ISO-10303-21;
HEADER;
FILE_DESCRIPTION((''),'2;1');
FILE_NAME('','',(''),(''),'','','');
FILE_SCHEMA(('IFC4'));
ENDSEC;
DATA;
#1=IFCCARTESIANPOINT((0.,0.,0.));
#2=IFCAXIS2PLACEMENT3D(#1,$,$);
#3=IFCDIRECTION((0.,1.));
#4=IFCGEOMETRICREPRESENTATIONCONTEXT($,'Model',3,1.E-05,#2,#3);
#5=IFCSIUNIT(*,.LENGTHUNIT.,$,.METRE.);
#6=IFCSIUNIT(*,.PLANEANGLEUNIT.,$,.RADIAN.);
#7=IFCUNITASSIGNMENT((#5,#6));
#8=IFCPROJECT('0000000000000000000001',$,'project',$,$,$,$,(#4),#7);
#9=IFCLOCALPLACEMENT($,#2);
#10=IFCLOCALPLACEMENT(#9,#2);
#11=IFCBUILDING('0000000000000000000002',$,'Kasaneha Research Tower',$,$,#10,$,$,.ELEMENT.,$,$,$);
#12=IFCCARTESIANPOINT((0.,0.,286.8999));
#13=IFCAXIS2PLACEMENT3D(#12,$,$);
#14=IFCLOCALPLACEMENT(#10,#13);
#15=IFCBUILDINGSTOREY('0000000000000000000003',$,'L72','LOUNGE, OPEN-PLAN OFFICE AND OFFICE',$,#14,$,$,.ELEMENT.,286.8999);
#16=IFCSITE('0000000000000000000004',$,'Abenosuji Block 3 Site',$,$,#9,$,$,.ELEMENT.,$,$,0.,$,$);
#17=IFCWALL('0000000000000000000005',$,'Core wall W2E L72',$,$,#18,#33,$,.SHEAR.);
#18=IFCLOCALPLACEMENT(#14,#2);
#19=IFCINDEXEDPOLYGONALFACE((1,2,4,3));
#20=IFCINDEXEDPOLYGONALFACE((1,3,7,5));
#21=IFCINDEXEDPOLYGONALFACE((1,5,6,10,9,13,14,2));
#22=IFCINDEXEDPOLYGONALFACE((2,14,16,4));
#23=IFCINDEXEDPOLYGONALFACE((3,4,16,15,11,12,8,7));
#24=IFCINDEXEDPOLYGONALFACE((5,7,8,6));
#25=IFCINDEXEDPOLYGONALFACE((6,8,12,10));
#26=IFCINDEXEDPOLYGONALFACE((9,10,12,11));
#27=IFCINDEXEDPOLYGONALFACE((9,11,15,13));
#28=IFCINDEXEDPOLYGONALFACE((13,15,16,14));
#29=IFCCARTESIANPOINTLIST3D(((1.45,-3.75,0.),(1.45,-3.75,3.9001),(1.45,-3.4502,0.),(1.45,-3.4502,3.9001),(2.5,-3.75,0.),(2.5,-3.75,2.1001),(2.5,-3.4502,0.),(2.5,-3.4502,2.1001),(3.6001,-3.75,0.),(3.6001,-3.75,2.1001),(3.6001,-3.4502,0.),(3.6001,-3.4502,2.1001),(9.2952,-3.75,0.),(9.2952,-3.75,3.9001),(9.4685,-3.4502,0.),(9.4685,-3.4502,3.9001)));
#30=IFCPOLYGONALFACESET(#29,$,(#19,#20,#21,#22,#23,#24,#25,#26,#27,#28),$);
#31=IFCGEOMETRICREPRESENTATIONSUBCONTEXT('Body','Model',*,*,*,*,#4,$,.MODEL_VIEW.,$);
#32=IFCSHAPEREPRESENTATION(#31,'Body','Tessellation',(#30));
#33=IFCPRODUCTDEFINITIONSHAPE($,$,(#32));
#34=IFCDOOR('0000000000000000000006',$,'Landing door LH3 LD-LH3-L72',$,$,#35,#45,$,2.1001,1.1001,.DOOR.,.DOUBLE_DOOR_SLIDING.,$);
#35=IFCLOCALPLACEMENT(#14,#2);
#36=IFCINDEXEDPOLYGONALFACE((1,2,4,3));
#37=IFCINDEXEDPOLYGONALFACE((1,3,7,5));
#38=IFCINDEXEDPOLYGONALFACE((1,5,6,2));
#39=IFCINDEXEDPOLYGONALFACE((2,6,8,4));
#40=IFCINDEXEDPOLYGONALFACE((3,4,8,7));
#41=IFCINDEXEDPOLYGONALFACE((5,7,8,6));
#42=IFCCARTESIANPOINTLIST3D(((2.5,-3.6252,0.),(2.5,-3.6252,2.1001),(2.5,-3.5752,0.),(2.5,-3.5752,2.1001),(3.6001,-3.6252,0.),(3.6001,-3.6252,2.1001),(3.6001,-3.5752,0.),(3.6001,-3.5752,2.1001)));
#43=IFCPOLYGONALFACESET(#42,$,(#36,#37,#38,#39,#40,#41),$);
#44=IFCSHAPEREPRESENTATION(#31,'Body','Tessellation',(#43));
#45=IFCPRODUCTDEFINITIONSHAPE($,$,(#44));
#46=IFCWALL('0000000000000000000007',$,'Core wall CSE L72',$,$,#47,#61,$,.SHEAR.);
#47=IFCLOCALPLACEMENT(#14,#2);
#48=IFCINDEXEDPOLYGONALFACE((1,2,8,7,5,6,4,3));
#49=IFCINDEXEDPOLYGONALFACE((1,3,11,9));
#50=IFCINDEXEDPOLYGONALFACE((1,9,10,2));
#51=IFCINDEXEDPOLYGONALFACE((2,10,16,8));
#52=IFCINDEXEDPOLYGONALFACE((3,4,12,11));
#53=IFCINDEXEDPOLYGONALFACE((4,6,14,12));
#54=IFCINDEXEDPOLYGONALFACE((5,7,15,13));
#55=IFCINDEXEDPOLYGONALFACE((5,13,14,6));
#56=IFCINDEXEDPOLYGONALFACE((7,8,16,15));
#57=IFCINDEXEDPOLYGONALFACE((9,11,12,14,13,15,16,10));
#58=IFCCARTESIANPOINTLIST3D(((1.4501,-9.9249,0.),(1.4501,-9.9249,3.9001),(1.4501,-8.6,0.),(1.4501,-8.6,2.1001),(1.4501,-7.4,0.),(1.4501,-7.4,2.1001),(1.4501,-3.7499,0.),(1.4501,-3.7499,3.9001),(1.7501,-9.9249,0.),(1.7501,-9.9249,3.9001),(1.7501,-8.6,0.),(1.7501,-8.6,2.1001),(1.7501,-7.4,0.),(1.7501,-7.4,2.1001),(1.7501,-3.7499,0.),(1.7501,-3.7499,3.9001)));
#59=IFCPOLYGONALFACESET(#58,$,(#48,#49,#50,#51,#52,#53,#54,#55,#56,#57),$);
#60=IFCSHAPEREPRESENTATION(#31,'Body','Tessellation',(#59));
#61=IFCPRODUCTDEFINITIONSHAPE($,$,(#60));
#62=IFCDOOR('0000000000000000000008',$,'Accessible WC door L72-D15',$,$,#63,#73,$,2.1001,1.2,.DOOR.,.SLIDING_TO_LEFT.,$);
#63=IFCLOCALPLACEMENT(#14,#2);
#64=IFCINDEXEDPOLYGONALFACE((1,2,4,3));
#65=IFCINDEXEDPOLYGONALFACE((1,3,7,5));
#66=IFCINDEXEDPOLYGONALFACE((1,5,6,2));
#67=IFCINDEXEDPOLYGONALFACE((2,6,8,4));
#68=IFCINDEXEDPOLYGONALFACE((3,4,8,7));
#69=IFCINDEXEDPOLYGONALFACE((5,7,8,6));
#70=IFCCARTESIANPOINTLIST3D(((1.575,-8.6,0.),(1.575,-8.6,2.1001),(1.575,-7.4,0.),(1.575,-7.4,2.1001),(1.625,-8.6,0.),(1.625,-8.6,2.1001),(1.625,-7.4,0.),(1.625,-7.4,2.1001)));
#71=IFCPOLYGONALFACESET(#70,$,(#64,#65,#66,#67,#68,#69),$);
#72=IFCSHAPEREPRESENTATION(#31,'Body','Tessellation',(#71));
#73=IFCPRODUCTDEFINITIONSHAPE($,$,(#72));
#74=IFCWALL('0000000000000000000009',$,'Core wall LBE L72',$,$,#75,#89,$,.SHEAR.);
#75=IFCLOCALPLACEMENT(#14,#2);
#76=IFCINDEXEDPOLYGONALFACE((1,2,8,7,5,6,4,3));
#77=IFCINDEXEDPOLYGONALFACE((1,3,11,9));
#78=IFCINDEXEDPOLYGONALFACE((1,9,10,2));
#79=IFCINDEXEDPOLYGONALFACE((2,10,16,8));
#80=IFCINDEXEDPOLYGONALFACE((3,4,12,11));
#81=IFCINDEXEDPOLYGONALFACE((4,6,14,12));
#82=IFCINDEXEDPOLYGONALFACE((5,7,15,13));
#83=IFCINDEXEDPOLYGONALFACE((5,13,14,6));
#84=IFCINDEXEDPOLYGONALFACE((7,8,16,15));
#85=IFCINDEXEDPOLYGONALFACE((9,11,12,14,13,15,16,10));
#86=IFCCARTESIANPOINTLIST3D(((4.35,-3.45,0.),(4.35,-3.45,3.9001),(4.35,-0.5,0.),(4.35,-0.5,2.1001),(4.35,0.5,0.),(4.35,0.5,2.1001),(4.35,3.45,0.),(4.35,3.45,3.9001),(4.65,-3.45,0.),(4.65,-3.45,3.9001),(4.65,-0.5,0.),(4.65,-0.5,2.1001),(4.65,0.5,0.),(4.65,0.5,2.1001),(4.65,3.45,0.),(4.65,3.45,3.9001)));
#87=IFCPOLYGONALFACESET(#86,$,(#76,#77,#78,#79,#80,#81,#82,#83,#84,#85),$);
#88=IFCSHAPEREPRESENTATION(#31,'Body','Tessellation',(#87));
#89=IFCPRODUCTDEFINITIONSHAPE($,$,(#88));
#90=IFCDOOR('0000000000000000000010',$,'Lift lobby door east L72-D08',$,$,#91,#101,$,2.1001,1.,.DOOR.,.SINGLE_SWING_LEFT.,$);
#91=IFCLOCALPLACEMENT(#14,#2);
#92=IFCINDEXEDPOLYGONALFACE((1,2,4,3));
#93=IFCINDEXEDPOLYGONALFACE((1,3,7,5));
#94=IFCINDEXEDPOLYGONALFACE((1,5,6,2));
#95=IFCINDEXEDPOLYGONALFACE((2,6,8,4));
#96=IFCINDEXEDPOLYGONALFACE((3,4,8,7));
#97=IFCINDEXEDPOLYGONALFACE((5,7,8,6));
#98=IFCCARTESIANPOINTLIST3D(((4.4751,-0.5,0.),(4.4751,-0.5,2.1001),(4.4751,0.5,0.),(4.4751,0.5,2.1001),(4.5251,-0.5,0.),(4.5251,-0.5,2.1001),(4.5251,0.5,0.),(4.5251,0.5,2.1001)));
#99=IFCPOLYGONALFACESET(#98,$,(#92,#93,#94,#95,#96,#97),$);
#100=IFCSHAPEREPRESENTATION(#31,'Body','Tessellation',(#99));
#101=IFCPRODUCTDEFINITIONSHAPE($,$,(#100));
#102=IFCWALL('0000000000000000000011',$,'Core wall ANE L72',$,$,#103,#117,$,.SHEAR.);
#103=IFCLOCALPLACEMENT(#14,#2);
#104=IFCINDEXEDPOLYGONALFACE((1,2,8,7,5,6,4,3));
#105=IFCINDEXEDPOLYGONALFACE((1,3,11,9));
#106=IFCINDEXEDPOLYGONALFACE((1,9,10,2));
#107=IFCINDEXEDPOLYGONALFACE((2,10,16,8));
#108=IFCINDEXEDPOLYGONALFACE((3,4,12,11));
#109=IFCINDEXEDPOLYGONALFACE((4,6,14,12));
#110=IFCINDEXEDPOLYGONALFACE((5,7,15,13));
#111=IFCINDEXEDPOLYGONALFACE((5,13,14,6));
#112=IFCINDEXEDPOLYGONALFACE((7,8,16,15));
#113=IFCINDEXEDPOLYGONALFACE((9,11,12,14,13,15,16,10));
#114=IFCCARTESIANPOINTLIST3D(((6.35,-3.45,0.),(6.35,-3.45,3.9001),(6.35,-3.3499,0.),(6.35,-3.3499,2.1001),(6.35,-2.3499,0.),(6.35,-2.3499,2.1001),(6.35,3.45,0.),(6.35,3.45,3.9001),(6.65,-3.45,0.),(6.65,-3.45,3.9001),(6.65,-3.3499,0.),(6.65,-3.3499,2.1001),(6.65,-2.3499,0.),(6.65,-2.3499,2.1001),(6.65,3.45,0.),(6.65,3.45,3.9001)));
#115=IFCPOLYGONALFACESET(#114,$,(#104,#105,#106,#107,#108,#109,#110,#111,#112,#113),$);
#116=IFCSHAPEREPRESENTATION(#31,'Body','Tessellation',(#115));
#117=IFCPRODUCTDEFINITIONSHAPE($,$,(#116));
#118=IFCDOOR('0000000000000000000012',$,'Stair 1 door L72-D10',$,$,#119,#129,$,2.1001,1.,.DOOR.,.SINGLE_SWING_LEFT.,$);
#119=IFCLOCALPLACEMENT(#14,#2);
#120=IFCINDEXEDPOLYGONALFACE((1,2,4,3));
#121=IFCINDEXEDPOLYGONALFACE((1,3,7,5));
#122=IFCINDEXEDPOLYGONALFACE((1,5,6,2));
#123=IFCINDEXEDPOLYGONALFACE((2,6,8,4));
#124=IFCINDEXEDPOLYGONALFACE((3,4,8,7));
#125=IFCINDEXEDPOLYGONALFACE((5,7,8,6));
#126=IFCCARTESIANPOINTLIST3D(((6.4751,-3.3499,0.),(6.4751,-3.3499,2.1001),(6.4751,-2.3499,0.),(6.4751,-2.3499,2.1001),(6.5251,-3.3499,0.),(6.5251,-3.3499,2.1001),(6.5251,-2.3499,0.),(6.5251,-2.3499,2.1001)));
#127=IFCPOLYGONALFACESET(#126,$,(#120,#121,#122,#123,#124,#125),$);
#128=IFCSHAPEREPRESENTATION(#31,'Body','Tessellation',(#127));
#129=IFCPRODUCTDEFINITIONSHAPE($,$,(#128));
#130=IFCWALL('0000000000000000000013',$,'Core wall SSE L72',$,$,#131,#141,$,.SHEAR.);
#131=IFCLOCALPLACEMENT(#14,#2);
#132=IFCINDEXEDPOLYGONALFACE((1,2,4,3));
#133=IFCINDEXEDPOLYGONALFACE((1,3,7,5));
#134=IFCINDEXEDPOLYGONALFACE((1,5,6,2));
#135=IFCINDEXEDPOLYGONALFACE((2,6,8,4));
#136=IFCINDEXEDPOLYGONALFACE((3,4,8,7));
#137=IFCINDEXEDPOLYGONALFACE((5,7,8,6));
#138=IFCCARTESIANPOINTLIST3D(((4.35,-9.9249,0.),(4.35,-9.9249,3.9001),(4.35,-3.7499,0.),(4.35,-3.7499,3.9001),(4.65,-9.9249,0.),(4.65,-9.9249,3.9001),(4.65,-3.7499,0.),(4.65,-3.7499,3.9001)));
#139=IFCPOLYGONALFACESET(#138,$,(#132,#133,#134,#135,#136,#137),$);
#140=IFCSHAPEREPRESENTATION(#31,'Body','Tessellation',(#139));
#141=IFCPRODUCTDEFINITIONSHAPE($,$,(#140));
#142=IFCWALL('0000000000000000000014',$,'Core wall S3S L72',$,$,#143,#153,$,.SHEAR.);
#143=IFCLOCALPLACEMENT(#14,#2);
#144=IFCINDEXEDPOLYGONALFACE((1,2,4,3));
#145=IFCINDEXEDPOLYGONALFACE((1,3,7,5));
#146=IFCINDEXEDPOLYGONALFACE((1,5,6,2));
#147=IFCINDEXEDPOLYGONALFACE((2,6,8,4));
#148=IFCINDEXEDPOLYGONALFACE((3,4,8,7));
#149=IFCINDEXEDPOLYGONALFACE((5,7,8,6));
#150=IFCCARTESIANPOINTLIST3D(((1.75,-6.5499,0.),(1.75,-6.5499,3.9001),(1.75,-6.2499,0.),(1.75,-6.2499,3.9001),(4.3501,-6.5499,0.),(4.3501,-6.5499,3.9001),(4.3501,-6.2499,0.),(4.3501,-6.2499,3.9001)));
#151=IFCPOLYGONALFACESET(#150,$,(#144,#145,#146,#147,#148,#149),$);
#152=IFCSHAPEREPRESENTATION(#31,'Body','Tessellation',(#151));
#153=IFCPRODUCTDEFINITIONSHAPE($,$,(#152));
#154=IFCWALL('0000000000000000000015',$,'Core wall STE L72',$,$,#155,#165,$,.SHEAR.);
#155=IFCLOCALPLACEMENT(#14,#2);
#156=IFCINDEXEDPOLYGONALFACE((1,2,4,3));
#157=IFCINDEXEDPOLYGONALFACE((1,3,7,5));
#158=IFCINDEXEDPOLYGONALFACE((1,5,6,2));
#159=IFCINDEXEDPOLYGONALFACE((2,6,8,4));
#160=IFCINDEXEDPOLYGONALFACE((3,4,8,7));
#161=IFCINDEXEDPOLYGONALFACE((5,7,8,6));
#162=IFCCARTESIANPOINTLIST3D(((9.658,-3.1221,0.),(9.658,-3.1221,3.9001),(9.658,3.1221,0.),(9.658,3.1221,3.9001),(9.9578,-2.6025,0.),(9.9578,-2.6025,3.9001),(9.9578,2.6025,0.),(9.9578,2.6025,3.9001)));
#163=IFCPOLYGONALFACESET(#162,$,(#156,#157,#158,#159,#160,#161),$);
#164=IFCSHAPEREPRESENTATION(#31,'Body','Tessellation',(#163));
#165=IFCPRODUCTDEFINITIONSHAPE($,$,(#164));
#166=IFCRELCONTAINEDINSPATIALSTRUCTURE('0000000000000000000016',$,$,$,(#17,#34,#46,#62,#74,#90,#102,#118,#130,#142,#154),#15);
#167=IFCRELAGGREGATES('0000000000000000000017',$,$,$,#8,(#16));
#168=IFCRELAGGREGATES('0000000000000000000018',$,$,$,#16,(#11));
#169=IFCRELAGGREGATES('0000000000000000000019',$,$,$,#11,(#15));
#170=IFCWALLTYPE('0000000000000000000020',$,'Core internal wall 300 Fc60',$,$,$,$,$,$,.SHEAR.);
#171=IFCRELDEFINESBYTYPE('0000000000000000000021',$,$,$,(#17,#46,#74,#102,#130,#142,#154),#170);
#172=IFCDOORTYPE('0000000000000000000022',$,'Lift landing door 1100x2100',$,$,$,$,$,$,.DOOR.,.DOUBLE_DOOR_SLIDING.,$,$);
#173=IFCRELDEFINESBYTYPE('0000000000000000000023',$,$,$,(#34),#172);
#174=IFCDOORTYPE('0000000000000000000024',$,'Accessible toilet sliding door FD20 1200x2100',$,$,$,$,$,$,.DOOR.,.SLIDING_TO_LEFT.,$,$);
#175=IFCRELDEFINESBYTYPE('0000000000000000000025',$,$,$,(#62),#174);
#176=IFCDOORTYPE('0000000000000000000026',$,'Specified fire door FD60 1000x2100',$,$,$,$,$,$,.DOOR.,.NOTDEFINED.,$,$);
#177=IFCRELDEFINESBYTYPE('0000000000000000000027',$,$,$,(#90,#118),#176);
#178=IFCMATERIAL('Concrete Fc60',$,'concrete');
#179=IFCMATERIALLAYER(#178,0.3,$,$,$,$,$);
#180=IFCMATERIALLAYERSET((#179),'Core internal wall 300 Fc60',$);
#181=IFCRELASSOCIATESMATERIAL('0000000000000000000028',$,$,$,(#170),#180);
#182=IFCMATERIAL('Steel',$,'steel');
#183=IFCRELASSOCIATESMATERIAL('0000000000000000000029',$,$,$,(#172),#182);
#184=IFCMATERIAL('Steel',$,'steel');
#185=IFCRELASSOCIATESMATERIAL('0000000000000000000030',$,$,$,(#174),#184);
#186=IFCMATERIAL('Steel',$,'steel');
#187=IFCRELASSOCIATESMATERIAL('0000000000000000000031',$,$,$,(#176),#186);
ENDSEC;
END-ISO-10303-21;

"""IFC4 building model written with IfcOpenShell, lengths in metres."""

from ifc_helpers import new_model, si_unit, direction, frame, frame_2d, origin, place, context, subcontext, project, spatial, polyline, rectangle, outline, extrude, material, layer, layer_set, type_object, element, fill, save


model = new_model("IFC4")

# Units and contexts
model_context = context("Model", 3, precision=1e-05, world=origin(), true_north=direction((0.0, 1.0)))
body_context = subcontext(model_context, "Body", "Model", "MODEL_VIEW")
ifc_project = project(units=[si_unit("LENGTHUNIT", "METRE"), si_unit("PLANEANGLEUNIT", "RADIAN")], contexts=[model_context])

# Site, building, storey
site_placement = place(None, origin())
site = spatial("IfcSite", under=ifc_project, at=site_placement, Name="Abenosuji Block 3 Site", CompositionType="ELEMENT", RefElevation=0.0)
building_placement = place(site_placement, origin())
building = spatial("IfcBuilding", under=site, at=building_placement, Name="Kasaneha Research Tower", CompositionType="ELEMENT")
storey_placement = place(building_placement, frame((0.0, 0.0, 286.8999)))
storey = spatial("IfcBuildingStorey", under=building, at=storey_placement, Name="L72", Description="LOUNGE, OPEN-PLAN OFFICE AND OFFICE", CompositionType="ELEMENT", Elevation=286.8999)

# Walls, openings, doors
ifc_material_1 = material(Name="Concrete Fc60", Category="concrete")
ifc_layer_1 = layer(ifc_material_1, 0.3)
ifc_layer_set_1 = layer_set([ifc_layer_1], Name="Core internal wall 300 Fc60")
wall_type_1 = type_object("IfcWallType", Name="Core internal wall 300 Fc60", PredefinedType="SHEAR", material=ifc_layer_set_1)
wall_1_placement = place(storey_placement, frame((1.45, -3.6001, 0.0), z_axis=(0.0, 0.0, 1.0), x_axis=(1.0, 0.0, 0.0)))
wall_1 = element("IfcWall", 1, at=wall_1_placement, inside=storey, type_object=wall_type_1, Name="Core wall W2E L72", PredefinedType="SHEAR", context=body_context, shape_type="SweptSolid", body=[
    extrude(outline(polyline([(0.0, -0.1499), (1.05, -0.1499), (2.1501, -0.1499), (7.8452, -0.1499), (8.0186, 0.1499), (2.1501, 0.1499), (1.05, 0.1499), (0.0, 0.1499), (0.0, -0.1499)])), origin(), (0.0, 0.0, 1.0), 3.9001),
])
opening_1_placement = place(wall_1_placement, frame((1.05, 0.0, 0.0)))
opening_1 = element("IfcOpeningElement", 2, at=opening_1_placement, cuts=wall_1, PredefinedType="OPENING", context=body_context, shape_type="SweptSolid", body=[
    extrude(rectangle(XDim=1.1001, YDim=2.1001, at=frame_2d((0.55, 1.05))), frame((0.0, 0.1602, 0.0), z_axis=(0.0, -1.0, 0.0), x_axis=(1.0, 0.0, 0.0)), (0.0, 0.0, 1.0), 0.3201),
])
ifc_material_2 = material(Name="Steel", Category="steel")
door_type_1 = type_object("IfcDoorType", Name="Lift landing door 1100x2100", OperationType="DOUBLE_DOOR_SLIDING", PredefinedType="DOOR", material=ifc_material_2)
door_1_placement = place(opening_1_placement, origin())
door_1 = element("IfcDoor", 3, at=door_1_placement, inside=storey, type_object=door_type_1, Name="Landing door LH3 LD-LH3-L72", OperationType="DOUBLE_DOOR_SLIDING", OverallHeight=2.1001, OverallWidth=1.1001, PredefinedType="DOOR", context=body_context, shape_type="SweptSolid", body=[
    extrude(rectangle(XDim=1.1001, YDim=2.1001, at=frame_2d((0.55, 1.05))), frame((0.0, 0.0249, 0.0), z_axis=(0.0, -1.0, 0.0), x_axis=(1.0, 0.0, 0.0)), (0.0, 0.0, 1.0), 0.05),
])
fill(opening_1, door_1)
wall_2_placement = place(storey_placement, frame((1.6001, -3.75, 0.0), z_axis=(0.0, 0.0, 1.0), x_axis=(0.0, -1.0, 0.0)))
wall_2 = element("IfcWall", 4, at=wall_2_placement, inside=storey, type_object=wall_type_1, Name="Core wall CSE L72", PredefinedType="SHEAR", context=body_context, shape_type="SweptSolid", body=[
    extrude(rectangle(XDim=6.175, YDim=0.3, at=frame_2d((3.0874, 0.0))), origin(), (0.0, 0.0, 1.0), 3.9001),
])
opening_2_placement = place(wall_2_placement, frame((3.6499, 0.0, 0.0)))
opening_2 = element("IfcOpeningElement", 5, at=opening_2_placement, cuts=wall_2, PredefinedType="OPENING", context=body_context, shape_type="SweptSolid", body=[
    extrude(rectangle(XDim=1.2, YDim=2.1001, at=frame_2d((0.6001, 1.05))), frame((0.0, 0.1602, 0.0), z_axis=(0.0, -1.0, 0.0), x_axis=(1.0, 0.0, 0.0)), (0.0, 0.0, 1.0), 0.3201),
])
ifc_material_3 = material(Name="Steel", Category="steel")
door_type_2 = type_object("IfcDoorType", Name="Accessible toilet sliding door FD20 1200x2100", OperationType="SLIDING_TO_LEFT", PredefinedType="DOOR", material=ifc_material_3)
door_2_placement = place(opening_2_placement, origin())
door_2 = element("IfcDoor", 6, at=door_2_placement, inside=storey, type_object=door_type_2, Name="Accessible WC door L72-D15", OperationType="SLIDING_TO_LEFT", OverallHeight=2.1001, OverallWidth=1.2, PredefinedType="DOOR", context=body_context, shape_type="SweptSolid", body=[
    extrude(rectangle(XDim=1.2, YDim=2.1001, at=frame_2d((0.6001, 1.05))), frame((0.0, 0.0249, 0.0), z_axis=(0.0, -1.0, 0.0), x_axis=(1.0, 0.0, 0.0)), (0.0, 0.0, 1.0), 0.05),
])
fill(opening_2, door_2)
wall_3_placement = place(storey_placement, frame((4.5, -3.45, 0.0), z_axis=(0.0, 0.0, 1.0), x_axis=(0.0, 1.0, 0.0)))
wall_3 = element("IfcWall", 7, at=wall_3_placement, inside=storey, type_object=wall_type_1, Name="Core wall LBE L72", PredefinedType="SHEAR", context=body_context, shape_type="SweptSolid", body=[
    extrude(rectangle(XDim=6.8999, YDim=0.3, at=frame_2d((3.45, 0.0))), origin(), (0.0, 0.0, 1.0), 3.9001),
])
opening_3_placement = place(wall_3_placement, frame((2.95, 0.0, 0.0)))
opening_3 = element("IfcOpeningElement", 8, at=opening_3_placement, cuts=wall_3, PredefinedType="OPENING", context=body_context, shape_type="SweptSolid", body=[
    extrude(rectangle(XDim=1.0, YDim=2.1001, at=frame_2d((0.5, 1.05))), frame((0.0, 0.1602, 0.0), z_axis=(0.0, -1.0, 0.0), x_axis=(1.0, 0.0, 0.0)), (0.0, 0.0, 1.0), 0.3201),
])
ifc_material_4 = material(Name="Steel", Category="steel")
door_type_3 = type_object("IfcDoorType", Name="Specified fire door FD60 1000x2100", OperationType="NOTDEFINED", PredefinedType="DOOR", material=ifc_material_4)
door_3_placement = place(opening_3_placement, origin())
door_3 = element("IfcDoor", 9, at=door_3_placement, inside=storey, type_object=door_type_3, Name="Lift lobby door east L72-D08", OperationType="SINGLE_SWING_LEFT", OverallHeight=2.1001, OverallWidth=1.0, PredefinedType="DOOR", context=body_context, shape_type="SweptSolid", body=[
    extrude(rectangle(XDim=1.0, YDim=2.1001, at=frame_2d((0.5, 1.05))), frame((0.0, 0.0249, 0.0), z_axis=(0.0, -1.0, 0.0), x_axis=(1.0, 0.0, 0.0)), (0.0, 0.0, 1.0), 0.05),
])
fill(opening_3, door_3)
wall_4_placement = place(storey_placement, frame((6.5, -3.45, 0.0), z_axis=(0.0, 0.0, 1.0), x_axis=(0.0, 1.0, 0.0)))
wall_4 = element("IfcWall", 10, at=wall_4_placement, inside=storey, type_object=wall_type_1, Name="Core wall ANE L72", PredefinedType="SHEAR", context=body_context, shape_type="SweptSolid", body=[
    extrude(rectangle(XDim=6.8999, YDim=0.3, at=frame_2d((3.45, 0.0))), origin(), (0.0, 0.0, 1.0), 3.9001),
])
opening_4_placement = place(wall_4_placement, frame((0.1001, 0.0, 0.0)))
opening_4 = element("IfcOpeningElement", 11, at=opening_4_placement, cuts=wall_4, PredefinedType="OPENING", context=body_context, shape_type="SweptSolid", body=[
    extrude(rectangle(XDim=1.0, YDim=2.1001, at=frame_2d((0.5, 1.05))), frame((0.0, 0.1602, 0.0), z_axis=(0.0, -1.0, 0.0), x_axis=(1.0, 0.0, 0.0)), (0.0, 0.0, 1.0), 0.3201),
])
door_4_placement = place(opening_4_placement, origin())
door_4 = element("IfcDoor", 12, at=door_4_placement, inside=storey, type_object=door_type_3, Name="Stair 1 door L72-D10", OperationType="SINGLE_SWING_LEFT", OverallHeight=2.1001, OverallWidth=1.0, PredefinedType="DOOR", context=body_context, shape_type="SweptSolid", body=[
    extrude(rectangle(XDim=1.0, YDim=2.1001, at=frame_2d((0.5, 1.05))), frame((0.0, 0.0249, 0.0), z_axis=(0.0, -1.0, 0.0), x_axis=(1.0, 0.0, 0.0)), (0.0, 0.0, 1.0), 0.05),
])
fill(opening_4, door_4)

# Walls
wall_5_placement = place(storey_placement, frame((4.5, -3.75, 0.0), z_axis=(0.0, 0.0, 1.0), x_axis=(0.0, -1.0, 0.0)))
element("IfcWall", 13, at=wall_5_placement, inside=storey, type_object=wall_type_1, Name="Core wall SSE L72", PredefinedType="SHEAR", context=body_context, shape_type="SweptSolid", body=[
    extrude(rectangle(XDim=6.175, YDim=0.3, at=frame_2d((3.0874, 0.0))), origin(), (0.0, 0.0, 1.0), 3.9001),
])
wall_6_placement = place(storey_placement, frame((1.75, -6.3999, 0.0), z_axis=(0.0, 0.0, 1.0), x_axis=(1.0, 0.0, 0.0)))
element("IfcWall", 14, at=wall_6_placement, inside=storey, type_object=wall_type_1, Name="Core wall S3S L72", PredefinedType="SHEAR", context=body_context, shape_type="SweptSolid", body=[
    extrude(rectangle(XDim=2.6001, YDim=0.3, at=frame_2d((1.3, 0.0))), origin(), (0.0, 0.0, 1.0), 3.9001),
])
wall_7_placement = place(storey_placement, frame((9.8079, -2.8623, 0.0), z_axis=(0.0, 0.0, 1.0), x_axis=(0.0, 1.0, 0.0)))
element("IfcWall", 15, at=wall_7_placement, inside=storey, type_object=wall_type_1, Name="Core wall STE L72", PredefinedType="SHEAR", context=body_context, shape_type="SweptSolid", body=[
    extrude(outline(polyline([(0.2598, -0.1499), (5.4648, -0.1499), (5.9844, 0.1499), (-0.2598, 0.1499), (0.2598, -0.1499)])), origin(), (0.0, 0.0, 1.0), 3.9001),
])

save(model, "model.ifc")
